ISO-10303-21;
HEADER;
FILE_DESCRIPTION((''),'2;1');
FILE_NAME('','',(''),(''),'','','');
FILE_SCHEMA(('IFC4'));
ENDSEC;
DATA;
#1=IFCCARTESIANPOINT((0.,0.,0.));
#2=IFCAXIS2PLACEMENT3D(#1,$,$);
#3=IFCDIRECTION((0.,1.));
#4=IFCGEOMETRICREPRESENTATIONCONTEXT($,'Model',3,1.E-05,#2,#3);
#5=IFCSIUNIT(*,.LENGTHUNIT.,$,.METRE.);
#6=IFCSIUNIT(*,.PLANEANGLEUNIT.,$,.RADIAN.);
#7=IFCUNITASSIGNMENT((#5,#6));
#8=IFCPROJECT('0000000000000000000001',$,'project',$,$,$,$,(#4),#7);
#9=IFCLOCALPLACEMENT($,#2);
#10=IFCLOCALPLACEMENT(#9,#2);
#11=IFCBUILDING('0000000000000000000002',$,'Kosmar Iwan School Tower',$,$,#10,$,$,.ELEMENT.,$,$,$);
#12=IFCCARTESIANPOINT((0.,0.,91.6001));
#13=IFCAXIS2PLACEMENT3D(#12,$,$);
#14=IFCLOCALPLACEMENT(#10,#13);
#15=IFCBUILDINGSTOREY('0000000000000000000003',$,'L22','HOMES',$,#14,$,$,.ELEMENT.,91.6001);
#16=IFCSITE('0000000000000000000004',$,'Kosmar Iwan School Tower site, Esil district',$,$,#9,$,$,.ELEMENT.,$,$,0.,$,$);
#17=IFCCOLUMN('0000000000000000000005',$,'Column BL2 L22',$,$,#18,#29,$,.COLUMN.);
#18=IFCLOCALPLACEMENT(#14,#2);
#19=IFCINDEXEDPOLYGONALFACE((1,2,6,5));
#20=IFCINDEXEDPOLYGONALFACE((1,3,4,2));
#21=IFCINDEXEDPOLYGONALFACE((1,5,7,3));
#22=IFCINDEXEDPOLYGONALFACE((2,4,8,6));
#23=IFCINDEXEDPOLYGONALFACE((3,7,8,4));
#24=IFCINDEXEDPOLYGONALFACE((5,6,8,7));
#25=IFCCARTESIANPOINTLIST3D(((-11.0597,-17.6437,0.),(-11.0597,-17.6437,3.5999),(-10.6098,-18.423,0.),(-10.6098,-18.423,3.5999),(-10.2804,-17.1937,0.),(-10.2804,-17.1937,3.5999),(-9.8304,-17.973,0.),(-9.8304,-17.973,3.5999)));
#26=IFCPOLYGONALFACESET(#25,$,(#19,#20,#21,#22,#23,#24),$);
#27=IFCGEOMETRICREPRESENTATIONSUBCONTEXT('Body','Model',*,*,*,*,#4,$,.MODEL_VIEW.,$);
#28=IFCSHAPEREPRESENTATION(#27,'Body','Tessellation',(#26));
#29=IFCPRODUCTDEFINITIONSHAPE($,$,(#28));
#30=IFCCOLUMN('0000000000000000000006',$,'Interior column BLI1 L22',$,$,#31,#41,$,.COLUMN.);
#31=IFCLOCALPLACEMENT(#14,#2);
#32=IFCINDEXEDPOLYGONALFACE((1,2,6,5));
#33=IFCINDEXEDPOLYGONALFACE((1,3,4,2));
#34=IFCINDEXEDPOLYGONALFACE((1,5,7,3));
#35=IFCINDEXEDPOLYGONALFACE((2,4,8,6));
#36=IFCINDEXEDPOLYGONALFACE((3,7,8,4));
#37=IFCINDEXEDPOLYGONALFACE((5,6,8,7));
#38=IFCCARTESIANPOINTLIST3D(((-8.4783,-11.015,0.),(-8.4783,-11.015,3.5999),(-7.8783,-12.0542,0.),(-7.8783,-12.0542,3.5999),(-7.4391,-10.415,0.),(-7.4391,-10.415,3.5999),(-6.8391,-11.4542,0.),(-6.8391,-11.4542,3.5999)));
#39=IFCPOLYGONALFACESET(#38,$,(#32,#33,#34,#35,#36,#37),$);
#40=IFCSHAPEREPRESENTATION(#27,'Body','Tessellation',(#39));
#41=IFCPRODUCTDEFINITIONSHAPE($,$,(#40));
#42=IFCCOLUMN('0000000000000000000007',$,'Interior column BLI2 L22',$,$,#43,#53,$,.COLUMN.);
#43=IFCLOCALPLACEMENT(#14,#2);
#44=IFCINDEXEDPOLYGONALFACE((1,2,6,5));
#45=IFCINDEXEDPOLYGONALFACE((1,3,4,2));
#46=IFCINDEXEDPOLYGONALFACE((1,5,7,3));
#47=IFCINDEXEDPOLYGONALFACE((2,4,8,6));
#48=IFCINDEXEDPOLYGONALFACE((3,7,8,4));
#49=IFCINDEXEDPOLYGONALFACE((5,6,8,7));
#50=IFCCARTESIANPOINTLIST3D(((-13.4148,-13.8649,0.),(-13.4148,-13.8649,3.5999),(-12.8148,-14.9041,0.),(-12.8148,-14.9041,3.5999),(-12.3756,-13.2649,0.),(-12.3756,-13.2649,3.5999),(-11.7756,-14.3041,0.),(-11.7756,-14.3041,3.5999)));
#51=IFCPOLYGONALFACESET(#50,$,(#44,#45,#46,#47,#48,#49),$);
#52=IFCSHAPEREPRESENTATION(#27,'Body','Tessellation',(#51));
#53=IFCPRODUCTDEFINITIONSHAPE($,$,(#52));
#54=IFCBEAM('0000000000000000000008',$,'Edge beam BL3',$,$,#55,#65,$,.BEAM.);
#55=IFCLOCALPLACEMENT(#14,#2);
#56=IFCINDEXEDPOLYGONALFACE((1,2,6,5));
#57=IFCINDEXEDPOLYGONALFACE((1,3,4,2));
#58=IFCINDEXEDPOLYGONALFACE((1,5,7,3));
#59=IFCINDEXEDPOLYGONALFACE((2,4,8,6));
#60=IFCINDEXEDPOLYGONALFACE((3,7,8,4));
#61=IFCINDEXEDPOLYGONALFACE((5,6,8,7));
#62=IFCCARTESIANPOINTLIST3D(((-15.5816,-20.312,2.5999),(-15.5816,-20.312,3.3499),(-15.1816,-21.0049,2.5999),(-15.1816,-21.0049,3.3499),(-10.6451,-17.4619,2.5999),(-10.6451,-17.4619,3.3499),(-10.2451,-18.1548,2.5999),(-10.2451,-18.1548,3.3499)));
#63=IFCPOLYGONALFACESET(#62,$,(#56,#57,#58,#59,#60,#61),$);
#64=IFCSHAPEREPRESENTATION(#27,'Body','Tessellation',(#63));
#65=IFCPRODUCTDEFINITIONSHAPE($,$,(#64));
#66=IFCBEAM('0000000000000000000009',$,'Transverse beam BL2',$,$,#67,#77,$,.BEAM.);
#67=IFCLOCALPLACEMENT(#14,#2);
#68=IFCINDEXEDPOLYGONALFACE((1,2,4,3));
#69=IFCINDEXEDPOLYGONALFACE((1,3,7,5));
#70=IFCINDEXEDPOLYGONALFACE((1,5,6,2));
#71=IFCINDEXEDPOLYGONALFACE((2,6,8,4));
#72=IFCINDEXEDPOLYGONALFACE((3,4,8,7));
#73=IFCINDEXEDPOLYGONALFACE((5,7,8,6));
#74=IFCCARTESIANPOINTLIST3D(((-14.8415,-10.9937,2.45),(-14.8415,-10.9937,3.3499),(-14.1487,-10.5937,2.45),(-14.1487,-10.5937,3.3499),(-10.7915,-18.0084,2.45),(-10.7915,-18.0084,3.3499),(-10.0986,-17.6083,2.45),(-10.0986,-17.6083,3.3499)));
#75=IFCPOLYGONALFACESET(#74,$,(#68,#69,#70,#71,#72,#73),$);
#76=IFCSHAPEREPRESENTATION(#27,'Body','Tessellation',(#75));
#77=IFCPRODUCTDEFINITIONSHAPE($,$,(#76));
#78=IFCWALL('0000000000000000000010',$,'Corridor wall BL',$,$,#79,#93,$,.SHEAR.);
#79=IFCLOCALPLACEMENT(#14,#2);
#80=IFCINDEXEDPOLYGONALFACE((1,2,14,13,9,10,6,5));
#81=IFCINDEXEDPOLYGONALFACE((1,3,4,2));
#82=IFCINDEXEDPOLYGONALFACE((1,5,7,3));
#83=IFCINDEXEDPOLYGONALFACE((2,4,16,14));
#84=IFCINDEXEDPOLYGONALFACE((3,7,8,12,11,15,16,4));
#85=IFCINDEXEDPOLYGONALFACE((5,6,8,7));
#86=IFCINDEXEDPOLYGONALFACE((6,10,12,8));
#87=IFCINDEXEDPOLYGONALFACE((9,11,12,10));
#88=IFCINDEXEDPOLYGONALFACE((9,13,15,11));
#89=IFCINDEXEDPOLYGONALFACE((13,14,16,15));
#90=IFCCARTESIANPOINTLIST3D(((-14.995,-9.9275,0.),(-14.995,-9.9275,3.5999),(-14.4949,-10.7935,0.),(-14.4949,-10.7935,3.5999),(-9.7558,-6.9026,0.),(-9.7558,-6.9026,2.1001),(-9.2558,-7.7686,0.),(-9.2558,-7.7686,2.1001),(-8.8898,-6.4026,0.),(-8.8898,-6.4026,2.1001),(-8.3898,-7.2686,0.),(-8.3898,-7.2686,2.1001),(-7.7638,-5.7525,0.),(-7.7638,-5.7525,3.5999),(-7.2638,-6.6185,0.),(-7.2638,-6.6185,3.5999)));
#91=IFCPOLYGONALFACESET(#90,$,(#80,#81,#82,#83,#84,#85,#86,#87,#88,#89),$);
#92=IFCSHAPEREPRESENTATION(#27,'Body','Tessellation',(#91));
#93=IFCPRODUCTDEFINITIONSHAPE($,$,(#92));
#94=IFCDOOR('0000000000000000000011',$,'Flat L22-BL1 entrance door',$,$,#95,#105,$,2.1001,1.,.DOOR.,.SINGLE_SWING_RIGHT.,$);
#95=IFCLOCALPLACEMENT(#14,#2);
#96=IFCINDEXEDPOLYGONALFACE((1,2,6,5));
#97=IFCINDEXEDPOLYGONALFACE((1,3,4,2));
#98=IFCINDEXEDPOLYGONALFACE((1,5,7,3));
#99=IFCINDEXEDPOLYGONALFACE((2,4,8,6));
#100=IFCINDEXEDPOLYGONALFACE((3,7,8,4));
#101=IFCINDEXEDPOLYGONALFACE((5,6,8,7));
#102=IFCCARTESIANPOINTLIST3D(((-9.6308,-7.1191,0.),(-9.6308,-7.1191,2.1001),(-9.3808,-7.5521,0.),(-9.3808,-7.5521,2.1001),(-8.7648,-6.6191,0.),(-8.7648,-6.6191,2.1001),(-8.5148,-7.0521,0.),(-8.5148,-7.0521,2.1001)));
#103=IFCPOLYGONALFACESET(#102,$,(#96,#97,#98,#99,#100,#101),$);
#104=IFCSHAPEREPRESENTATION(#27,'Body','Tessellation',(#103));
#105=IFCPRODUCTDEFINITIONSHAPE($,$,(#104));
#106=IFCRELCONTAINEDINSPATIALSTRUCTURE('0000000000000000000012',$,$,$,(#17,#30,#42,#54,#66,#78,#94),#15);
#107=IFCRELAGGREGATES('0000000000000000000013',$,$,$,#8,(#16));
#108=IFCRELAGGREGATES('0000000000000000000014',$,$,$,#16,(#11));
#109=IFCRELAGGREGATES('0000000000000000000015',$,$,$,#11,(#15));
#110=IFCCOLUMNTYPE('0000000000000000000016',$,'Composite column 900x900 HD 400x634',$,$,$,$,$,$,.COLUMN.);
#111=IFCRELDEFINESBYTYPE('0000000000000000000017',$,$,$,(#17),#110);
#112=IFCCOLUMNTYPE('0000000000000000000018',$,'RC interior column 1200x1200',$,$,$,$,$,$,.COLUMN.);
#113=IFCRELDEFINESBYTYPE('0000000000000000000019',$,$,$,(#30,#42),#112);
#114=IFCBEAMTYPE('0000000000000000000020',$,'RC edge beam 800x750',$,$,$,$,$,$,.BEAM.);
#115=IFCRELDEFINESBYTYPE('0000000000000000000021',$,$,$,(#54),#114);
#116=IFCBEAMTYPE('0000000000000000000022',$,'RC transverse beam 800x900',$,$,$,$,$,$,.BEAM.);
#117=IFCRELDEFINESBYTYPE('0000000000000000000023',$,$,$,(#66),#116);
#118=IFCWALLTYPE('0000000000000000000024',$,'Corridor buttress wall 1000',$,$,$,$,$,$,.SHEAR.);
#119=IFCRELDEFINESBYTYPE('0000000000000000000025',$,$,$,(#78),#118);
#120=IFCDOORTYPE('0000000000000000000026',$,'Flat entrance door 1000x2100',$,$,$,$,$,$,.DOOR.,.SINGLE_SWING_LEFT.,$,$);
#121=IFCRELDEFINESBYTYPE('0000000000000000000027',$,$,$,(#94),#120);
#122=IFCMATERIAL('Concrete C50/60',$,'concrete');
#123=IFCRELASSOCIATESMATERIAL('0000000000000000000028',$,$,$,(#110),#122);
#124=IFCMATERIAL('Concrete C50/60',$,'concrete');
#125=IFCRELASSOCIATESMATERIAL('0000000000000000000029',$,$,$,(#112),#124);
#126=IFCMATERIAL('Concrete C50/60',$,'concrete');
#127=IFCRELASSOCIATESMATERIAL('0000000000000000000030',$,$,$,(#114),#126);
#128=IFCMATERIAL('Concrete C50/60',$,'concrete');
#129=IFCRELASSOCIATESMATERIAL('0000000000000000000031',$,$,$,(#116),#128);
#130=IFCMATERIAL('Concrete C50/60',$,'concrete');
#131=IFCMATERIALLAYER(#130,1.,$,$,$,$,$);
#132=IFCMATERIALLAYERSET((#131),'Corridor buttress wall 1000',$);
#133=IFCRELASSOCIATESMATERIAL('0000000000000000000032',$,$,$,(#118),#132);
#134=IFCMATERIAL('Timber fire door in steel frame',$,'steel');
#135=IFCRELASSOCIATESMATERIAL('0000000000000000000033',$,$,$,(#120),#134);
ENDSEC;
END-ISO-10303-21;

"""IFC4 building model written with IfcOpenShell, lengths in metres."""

from ifc_helpers import new_model, si_unit, direction, frame, frame_2d, origin, origin_2d, place, context, subcontext, project, spatial, rectangle, extrude, material, layer, layer_set, material_profile, profile_set, type_object, element, fill, save


model = new_model("IFC4")

# Units and contexts
model_context = context("Model", 3, precision=1e-05, world=origin(), true_north=direction((0.0, 1.0)))
body_context = subcontext(model_context, "Body", "Model", "MODEL_VIEW")
ifc_project = project(units=[si_unit("LENGTHUNIT", "METRE"), si_unit("PLANEANGLEUNIT", "RADIAN")], contexts=[model_context])

# Site, building, storey
site_placement = place(None, origin())
site = spatial("IfcSite", under=ifc_project, at=site_placement, Name="Kosmar Iwan School Tower site, Esil district", CompositionType="ELEMENT", RefElevation=0.0)
building_placement = place(site_placement, origin())
building = spatial("IfcBuilding", under=site, at=building_placement, Name="Kosmar Iwan School Tower", CompositionType="ELEMENT")
storey_placement = place(building_placement, frame((0.0, 0.0, 91.6001)))
storey = spatial("IfcBuildingStorey", under=building, at=storey_placement, Name="L22", Description="HOMES", CompositionType="ELEMENT", Elevation=91.6001)

# Columns
ifc_material_1 = material(Name="Concrete C50/60", Category="concrete")
ifc_material_profile_1 = material_profile(ifc_material_1, rectangle(XDim=0.8999, YDim=0.8999, at=origin_2d()), Name="RC 900x900 + HD 400x634")
ifc_profile_set_1 = profile_set([ifc_material_profile_1], Name="Concrete C50/60")
column_type_1 = type_object("IfcColumnType", Name="Composite column 900x900 HD 400x634", PredefinedType="COLUMN", material=ifc_profile_set_1)
column_placement = place(storey_placement, frame((-10.4451, -17.8083, 0.0), z_axis=(0.0, 0.0, 1.0), x_axis=(-0.866025, -0.5, 0.0)))
element("IfcColumn", 1, at=column_placement, inside=storey, type_object=column_type_1, Name="Column BL2 L22", PredefinedType="COLUMN", context=body_context, shape_type="SweptSolid", body=[
    extrude(rectangle(XDim=0.8999, YDim=0.8999, at=origin_2d()), origin(), (0.0, 0.0, 1.0), 3.5999),
])
ifc_material_2 = material(Name="Concrete C50/60", Category="concrete")
ifc_material_profile_2 = material_profile(ifc_material_2, rectangle(XDim=1.2, YDim=1.2, at=origin_2d()), Name="RC 1200x1200")
ifc_profile_set_2 = profile_set([ifc_material_profile_2], Name="Concrete C50/60")
column_type_2 = type_object("IfcColumnType", Name="RC interior column 1200x1200", PredefinedType="COLUMN", material=ifc_profile_set_2)
for number, where, z_axis, x_axis, name in (
    (2, (-7.6587, -11.2346, 0.0), (0.0, 0.0, 1.0), (-0.866025, -0.5, 0.0), "Interior column BLI1 L22"),
    (3, (-12.5952, -14.0845, 0.0), (0.0, 0.0, 1.0), (-0.866025, -0.5, 0.0), "Interior column BLI2 L22"),
):
    element("IfcColumn", number, at=place(storey_placement, frame(where, z_axis=z_axis, x_axis=x_axis)), inside=storey, type_object=column_type_2, Name=name, PredefinedType="COLUMN", context=body_context, shape_type="SweptSolid", body=[
        extrude(rectangle(XDim=1.2, YDim=1.2, at=origin_2d()), origin(), (0.0, 0.0, 1.0), 3.5999),
    ])

# Beams
ifc_material_3 = material(Name="Concrete C50/60", Category="concrete")
ifc_material_profile_3 = material_profile(ifc_material_3, rectangle(XDim=0.8, YDim=0.75, at=origin_2d()), Name="RC 800x750")
ifc_profile_set_3 = profile_set([ifc_material_profile_3], Name="Concrete C50/60")
beam_type_1 = type_object("IfcBeamType", Name="RC edge beam 800x750", PredefinedType="BEAM", material=ifc_profile_set_3)
beam_1_placement = place(storey_placement, frame((-10.4451, -17.8083, 2.9749), z_axis=(-0.866026, -0.499999, 0.0), x_axis=(0.499999, -0.866026, 0.0)))
element("IfcBeam", 4, at=beam_1_placement, inside=storey, type_object=beam_type_1, Name="Edge beam BL3", PredefinedType="BEAM", context=body_context, shape_type="SweptSolid", body=[
    extrude(rectangle(XDim=0.8, YDim=0.75, at=origin_2d()), origin(), (0.0, 0.0, 1.0), 5.7002),
])
ifc_material_4 = material(Name="Concrete C50/60", Category="concrete")
ifc_material_profile_4 = material_profile(ifc_material_4, rectangle(XDim=0.8, YDim=0.8999, at=origin_2d()), Name="RC 800x900")
ifc_profile_set_4 = profile_set([ifc_material_profile_4], Name="Concrete C50/60")
beam_type_2 = type_object("IfcBeamType", Name="RC transverse beam 800x900", PredefinedType="BEAM", material=ifc_profile_set_4)
beam_2_placement = place(storey_placement, frame((-10.4451, -17.8083, 2.8999), z_axis=(-0.500013, 0.866018, 0.0), x_axis=(-0.866018, -0.500013, 0.0)))
element("IfcBeam", 5, at=beam_2_placement, inside=storey, type_object=beam_type_2, Name="Transverse beam BL2", PredefinedType="BEAM", context=body_context, shape_type="SweptSolid", body=[
    extrude(rectangle(XDim=0.8, YDim=0.8999, at=origin_2d()), origin(), (0.0, 0.0, 1.0), 8.0999),
])

# Wall, opening, door
ifc_material_5 = material(Name="Concrete C50/60", Category="concrete")
ifc_layer_1 = layer(ifc_material_5, 1.0)
ifc_layer_set_1 = layer_set([ifc_layer_1], Name="Corridor buttress wall 1000")
wall_type_1 = type_object("IfcWallType", Name="Corridor buttress wall 1000", PredefinedType="SHEAR", material=ifc_layer_set_1)
wall_1_placement = place(storey_placement, frame((-7.5139, -6.1855, 0.0), z_axis=(0.0, 0.0, 1.0), x_axis=(-0.86602, -0.50001, 0.0)))
wall_1 = element("IfcWall", 6, at=wall_1_placement, inside=storey, type_object=wall_type_1, Name="Corridor wall BL", PredefinedType="SHEAR", context=body_context, shape_type="SweptSolid", body=[
    extrude(rectangle(XDim=8.3499, YDim=1.0, at=frame_2d((4.1748, 0.0))), origin(), (0.0, 0.0, 1.0), 3.5999),
])
opening_1_placement = place(wall_1_placement, frame((1.3, 0.0, 0.0)))
opening_1 = element("IfcOpeningElement", 7, at=opening_1_placement, cuts=wall_1, PredefinedType="OPENING", context=body_context, shape_type="SweptSolid", body=[
    extrude(rectangle(XDim=1.0, YDim=2.1001, at=frame_2d((0.5, 1.05))), frame((0.0, 0.512, 0.0), z_axis=(0.0, -1.0, 0.0), x_axis=(1.0, 0.0, 0.0)), (0.0, 0.0, 1.0), 1.0239),
])
ifc_material_6 = material(Name="Timber fire door in steel frame", Category="steel")
door_type_1 = type_object("IfcDoorType", Name="Flat entrance door 1000x2100", OperationType="SINGLE_SWING_LEFT", PredefinedType="DOOR", material=ifc_material_6)
door_1_placement = place(opening_1_placement, origin())
door_1 = element("IfcDoor", 8, at=door_1_placement, inside=storey, type_object=door_type_1, Name="Flat L22-BL1 entrance door", OperationType="SINGLE_SWING_RIGHT", OverallHeight=2.1001, OverallWidth=1.0, PredefinedType="DOOR", context=body_context, shape_type="SweptSolid", body=[
    extrude(rectangle(XDim=1.0, YDim=2.1001, at=frame_2d((0.5, 1.05))), frame((0.0, 0.25, 0.0), z_axis=(0.0, -1.0, 0.0), x_axis=(1.0, 0.0, 0.0)), (0.0, 0.0, 1.0), 0.5),
])
fill(opening_1, door_1)

save(model, "model.ifc")
